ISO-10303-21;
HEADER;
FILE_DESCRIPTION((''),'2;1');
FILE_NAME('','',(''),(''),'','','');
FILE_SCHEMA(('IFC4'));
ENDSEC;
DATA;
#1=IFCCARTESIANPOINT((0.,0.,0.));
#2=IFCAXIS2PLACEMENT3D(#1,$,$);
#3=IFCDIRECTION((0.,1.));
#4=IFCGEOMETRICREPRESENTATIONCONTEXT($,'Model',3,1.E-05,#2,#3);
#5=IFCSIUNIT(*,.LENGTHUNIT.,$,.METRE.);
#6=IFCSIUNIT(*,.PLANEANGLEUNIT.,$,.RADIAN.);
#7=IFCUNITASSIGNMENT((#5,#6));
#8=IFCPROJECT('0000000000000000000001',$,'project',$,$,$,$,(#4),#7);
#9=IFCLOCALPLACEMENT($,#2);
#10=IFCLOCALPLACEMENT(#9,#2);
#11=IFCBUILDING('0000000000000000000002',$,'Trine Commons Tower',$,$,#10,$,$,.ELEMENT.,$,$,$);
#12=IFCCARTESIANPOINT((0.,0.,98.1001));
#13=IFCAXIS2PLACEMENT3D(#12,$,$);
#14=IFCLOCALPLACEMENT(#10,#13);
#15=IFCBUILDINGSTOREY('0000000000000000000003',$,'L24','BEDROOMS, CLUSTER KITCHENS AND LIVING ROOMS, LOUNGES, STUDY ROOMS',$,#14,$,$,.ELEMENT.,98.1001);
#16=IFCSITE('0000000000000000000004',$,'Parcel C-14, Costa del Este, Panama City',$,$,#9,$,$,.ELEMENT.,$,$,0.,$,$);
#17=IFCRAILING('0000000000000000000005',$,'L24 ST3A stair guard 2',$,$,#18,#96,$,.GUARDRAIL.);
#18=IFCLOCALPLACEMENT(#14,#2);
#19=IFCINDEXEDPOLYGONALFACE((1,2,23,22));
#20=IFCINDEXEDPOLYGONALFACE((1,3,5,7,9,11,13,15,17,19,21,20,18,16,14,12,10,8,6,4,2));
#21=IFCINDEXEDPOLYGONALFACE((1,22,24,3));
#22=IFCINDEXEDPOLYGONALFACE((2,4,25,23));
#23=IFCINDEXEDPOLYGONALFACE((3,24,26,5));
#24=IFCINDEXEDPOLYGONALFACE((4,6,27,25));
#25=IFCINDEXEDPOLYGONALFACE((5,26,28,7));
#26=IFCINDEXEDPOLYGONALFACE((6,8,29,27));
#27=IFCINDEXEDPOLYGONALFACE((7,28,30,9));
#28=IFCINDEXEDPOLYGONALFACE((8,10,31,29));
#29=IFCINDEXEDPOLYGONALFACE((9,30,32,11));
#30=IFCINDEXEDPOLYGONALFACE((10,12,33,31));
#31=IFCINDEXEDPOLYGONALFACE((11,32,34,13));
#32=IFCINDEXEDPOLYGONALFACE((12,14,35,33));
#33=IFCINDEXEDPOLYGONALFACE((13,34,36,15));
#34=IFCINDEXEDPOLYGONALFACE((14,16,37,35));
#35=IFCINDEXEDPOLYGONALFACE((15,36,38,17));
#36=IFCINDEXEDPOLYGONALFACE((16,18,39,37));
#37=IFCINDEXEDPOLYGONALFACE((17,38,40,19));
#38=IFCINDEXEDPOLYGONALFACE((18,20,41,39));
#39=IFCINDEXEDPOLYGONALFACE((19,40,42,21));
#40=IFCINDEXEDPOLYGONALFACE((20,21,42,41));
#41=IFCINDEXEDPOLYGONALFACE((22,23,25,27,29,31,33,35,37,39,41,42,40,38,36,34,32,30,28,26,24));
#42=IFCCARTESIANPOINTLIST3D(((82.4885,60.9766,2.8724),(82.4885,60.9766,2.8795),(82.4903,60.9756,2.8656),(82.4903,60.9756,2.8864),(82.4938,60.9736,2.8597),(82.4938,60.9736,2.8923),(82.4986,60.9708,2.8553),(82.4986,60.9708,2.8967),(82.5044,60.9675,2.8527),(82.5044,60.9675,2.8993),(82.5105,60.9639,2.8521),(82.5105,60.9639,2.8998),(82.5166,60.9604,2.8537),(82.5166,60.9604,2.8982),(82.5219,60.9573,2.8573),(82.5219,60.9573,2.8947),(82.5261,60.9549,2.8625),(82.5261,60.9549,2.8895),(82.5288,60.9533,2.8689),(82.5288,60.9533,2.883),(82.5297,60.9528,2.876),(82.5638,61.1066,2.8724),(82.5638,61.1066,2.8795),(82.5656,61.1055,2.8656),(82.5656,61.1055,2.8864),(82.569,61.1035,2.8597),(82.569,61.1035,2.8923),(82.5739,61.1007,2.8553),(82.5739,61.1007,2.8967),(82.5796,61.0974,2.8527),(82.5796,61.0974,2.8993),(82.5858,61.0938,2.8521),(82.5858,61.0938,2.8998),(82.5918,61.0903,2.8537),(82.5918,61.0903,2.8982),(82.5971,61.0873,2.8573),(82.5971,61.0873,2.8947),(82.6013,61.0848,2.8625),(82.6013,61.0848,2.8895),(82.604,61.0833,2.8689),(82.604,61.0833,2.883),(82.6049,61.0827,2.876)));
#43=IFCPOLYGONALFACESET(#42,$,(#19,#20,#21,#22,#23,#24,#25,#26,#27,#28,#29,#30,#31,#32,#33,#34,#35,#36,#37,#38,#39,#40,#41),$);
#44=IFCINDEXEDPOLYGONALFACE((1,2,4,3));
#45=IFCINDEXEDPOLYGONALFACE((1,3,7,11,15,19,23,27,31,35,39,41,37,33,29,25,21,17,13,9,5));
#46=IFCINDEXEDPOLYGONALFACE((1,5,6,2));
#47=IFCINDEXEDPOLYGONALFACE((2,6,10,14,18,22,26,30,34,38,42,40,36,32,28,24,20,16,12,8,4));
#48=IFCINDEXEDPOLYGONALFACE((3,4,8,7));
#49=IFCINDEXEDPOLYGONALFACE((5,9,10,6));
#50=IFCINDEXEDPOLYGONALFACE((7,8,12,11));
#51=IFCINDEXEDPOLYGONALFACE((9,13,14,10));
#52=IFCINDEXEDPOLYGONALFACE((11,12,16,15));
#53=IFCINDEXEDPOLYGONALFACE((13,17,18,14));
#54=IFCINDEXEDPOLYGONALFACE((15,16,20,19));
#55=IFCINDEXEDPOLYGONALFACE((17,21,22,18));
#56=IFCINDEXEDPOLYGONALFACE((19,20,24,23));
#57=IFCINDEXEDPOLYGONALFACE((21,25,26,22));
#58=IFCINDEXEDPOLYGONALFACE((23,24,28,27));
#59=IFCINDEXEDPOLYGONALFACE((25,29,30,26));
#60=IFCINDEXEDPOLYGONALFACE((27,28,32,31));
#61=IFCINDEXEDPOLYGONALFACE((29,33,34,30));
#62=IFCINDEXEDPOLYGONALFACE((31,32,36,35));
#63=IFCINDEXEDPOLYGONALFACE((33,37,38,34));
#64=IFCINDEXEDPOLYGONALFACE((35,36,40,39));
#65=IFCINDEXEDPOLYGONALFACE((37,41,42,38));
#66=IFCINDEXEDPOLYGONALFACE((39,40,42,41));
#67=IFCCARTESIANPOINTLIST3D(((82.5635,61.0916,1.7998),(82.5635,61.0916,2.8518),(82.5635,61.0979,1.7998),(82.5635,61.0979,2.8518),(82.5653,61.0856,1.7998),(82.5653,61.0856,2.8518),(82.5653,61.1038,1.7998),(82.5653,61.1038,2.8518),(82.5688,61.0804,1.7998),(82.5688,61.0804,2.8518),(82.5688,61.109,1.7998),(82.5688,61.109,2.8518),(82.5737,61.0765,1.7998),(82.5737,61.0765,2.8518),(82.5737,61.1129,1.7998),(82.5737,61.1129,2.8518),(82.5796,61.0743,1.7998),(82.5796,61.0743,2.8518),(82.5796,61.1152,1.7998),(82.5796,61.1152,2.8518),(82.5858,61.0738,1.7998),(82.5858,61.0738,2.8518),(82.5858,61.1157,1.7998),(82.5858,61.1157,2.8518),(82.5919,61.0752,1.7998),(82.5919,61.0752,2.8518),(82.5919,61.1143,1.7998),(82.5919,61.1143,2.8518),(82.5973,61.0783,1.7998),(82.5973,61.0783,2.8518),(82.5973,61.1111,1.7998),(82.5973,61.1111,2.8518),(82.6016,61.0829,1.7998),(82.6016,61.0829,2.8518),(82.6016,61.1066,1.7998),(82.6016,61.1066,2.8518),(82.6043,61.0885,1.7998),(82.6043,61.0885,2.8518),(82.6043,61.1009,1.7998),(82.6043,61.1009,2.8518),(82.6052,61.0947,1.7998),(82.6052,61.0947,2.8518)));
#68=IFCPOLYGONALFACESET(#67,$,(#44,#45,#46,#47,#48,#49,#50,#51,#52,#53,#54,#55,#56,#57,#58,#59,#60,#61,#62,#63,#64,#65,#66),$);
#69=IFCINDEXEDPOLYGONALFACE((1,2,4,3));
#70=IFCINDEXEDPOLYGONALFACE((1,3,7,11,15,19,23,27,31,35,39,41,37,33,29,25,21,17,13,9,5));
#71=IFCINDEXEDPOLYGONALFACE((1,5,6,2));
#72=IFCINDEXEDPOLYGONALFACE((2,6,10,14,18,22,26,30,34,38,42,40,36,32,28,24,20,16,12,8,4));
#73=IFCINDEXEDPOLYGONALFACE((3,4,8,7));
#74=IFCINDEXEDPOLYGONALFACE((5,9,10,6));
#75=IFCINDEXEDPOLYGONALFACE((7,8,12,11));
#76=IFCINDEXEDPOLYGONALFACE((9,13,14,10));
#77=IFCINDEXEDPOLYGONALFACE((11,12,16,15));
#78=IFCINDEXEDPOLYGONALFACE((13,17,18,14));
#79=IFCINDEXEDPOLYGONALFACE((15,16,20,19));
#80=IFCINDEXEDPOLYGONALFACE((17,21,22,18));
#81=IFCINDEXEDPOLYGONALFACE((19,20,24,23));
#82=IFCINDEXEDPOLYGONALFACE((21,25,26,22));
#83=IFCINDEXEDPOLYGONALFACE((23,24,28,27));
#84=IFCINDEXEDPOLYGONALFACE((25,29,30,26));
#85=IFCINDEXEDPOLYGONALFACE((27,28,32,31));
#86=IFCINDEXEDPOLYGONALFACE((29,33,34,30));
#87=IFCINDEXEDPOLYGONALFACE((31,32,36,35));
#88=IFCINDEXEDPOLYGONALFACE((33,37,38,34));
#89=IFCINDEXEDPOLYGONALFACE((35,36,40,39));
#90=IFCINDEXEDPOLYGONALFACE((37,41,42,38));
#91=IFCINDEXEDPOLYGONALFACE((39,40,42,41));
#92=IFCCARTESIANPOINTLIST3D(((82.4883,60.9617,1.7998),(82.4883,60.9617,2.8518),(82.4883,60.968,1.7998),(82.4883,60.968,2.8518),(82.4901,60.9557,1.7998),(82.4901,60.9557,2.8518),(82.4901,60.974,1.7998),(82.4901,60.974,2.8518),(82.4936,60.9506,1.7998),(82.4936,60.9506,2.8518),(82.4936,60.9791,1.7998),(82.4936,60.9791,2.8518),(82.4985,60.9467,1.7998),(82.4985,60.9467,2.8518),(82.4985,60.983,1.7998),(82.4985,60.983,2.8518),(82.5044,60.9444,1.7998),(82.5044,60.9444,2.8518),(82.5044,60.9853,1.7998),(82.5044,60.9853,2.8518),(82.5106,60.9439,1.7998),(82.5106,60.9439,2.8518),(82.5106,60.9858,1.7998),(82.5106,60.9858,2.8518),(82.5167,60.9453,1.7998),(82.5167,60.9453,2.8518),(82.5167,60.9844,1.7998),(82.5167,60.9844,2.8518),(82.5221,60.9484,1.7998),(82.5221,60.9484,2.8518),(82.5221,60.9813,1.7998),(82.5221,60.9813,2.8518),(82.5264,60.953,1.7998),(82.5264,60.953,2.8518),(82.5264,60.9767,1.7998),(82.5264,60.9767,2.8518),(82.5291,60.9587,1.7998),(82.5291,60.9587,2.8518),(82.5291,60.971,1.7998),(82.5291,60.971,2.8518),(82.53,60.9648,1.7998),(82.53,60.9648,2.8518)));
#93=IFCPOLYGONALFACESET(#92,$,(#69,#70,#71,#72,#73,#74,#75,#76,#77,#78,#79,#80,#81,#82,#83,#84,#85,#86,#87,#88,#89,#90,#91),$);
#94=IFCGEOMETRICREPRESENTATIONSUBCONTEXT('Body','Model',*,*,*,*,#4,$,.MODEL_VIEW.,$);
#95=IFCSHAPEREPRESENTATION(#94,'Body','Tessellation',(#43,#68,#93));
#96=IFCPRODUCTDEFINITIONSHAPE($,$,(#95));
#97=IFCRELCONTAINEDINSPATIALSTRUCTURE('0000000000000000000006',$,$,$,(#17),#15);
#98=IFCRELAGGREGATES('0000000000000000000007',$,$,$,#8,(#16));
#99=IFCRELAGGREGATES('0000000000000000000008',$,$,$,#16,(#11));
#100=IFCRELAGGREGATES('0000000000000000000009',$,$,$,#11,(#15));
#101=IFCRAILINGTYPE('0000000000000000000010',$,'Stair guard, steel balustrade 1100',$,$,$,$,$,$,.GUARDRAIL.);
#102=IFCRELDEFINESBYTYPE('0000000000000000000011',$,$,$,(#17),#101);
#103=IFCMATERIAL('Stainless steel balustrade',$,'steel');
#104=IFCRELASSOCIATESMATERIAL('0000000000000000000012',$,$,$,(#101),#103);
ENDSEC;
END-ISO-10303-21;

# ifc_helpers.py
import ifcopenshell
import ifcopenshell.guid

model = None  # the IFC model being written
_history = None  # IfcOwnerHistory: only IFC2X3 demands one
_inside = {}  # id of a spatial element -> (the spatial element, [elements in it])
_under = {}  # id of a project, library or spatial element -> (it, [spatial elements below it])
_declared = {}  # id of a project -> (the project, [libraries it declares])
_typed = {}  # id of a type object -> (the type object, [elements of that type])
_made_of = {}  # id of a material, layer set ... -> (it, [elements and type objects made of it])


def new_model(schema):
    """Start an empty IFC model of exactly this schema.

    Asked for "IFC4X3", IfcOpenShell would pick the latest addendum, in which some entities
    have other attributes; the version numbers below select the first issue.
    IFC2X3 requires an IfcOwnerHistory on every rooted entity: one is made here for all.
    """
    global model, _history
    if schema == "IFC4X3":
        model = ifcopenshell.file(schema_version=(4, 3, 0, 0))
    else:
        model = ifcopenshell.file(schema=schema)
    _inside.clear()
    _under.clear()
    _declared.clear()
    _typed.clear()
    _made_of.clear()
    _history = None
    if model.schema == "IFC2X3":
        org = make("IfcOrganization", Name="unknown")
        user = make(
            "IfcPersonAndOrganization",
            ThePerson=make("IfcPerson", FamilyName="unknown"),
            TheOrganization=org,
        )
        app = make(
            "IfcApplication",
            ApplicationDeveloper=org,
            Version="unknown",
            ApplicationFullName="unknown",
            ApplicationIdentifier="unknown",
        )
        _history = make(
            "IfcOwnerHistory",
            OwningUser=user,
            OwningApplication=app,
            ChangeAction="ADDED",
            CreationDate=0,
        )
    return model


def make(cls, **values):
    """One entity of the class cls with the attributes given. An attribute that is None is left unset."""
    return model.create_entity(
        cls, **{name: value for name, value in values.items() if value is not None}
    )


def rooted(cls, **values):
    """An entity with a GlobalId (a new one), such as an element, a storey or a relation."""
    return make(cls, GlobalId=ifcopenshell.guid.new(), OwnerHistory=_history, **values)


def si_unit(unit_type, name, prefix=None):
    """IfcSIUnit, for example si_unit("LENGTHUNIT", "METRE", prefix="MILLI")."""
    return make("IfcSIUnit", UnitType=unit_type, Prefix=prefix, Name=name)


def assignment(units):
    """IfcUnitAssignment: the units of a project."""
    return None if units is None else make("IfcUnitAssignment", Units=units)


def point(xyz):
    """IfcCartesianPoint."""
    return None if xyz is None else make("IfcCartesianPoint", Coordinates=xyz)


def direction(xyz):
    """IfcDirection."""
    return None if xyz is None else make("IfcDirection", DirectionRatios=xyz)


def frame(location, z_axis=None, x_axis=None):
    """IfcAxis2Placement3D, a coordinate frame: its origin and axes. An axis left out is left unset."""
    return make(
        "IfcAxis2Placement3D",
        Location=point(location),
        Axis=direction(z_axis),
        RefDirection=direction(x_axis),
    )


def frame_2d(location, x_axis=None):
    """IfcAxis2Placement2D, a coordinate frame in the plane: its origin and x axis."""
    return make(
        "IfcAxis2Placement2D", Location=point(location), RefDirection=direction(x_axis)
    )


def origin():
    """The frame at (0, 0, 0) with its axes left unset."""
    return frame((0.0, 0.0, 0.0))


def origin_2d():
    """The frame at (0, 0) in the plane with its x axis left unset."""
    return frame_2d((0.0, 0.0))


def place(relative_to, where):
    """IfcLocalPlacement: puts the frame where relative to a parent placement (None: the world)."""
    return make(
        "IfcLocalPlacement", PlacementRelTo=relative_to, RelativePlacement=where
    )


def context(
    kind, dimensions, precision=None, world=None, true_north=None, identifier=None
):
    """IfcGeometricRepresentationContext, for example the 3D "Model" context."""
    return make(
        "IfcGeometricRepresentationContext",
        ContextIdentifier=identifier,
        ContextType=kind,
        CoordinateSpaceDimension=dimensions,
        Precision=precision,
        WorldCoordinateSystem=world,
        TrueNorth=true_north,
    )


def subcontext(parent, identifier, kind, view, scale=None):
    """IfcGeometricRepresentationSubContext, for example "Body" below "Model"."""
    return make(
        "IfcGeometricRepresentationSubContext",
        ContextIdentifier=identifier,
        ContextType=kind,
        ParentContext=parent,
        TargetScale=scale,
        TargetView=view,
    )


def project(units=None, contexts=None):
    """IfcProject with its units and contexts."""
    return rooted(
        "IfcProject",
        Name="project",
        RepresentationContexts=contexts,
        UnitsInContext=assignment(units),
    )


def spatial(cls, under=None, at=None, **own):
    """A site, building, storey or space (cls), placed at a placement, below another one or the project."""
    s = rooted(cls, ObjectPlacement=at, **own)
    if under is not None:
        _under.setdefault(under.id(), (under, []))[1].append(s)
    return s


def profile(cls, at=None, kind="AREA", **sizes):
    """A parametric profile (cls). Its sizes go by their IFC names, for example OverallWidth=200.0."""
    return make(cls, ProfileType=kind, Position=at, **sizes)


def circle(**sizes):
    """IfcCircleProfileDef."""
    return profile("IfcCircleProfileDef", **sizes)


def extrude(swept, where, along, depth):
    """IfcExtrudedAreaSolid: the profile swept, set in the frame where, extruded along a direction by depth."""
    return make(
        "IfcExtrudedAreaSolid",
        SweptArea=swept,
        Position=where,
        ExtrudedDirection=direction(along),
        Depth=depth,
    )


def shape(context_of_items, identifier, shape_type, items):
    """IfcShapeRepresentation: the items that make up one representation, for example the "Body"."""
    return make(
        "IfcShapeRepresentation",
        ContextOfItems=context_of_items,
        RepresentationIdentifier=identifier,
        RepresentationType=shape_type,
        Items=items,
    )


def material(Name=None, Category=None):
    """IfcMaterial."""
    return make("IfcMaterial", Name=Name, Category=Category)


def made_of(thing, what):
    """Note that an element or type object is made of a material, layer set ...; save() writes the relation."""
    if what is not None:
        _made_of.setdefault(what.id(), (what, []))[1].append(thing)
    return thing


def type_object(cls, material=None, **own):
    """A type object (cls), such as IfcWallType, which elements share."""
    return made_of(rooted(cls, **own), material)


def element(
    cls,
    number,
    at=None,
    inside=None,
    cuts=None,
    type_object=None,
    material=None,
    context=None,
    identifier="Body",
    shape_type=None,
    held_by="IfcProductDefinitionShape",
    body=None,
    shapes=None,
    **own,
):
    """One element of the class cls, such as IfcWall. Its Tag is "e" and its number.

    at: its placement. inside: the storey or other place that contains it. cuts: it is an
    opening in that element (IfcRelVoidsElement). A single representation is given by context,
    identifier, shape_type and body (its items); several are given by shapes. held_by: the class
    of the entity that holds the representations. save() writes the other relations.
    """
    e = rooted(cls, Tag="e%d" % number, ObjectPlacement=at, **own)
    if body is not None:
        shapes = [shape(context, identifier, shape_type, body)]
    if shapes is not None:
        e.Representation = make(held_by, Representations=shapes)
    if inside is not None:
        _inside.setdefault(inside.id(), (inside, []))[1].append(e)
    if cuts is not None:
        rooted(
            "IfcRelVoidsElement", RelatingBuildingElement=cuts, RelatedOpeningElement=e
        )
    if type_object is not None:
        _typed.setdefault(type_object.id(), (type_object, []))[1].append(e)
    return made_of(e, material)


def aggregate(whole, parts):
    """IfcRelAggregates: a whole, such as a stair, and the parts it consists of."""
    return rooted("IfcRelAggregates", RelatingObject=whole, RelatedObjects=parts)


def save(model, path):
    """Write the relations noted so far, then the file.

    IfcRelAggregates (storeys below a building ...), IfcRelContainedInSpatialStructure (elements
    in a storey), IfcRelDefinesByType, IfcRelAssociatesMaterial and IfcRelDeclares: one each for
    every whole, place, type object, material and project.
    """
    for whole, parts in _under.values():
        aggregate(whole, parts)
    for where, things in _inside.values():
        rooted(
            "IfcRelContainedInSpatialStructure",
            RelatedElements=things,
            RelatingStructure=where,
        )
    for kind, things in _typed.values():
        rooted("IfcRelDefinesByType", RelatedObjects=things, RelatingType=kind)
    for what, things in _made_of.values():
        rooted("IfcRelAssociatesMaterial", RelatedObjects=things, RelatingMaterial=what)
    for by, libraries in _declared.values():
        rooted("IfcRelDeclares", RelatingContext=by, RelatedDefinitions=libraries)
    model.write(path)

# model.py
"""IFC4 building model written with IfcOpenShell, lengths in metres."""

from ifc_helpers import new_model, si_unit, direction, frame, origin, origin_2d, place, context, subcontext, project, spatial, circle, extrude, material, type_object, element, save


model = new_model("IFC4")

# Units and contexts
model_context = context("Model", 3, precision=1e-05, world=origin(), true_north=direction((0.0, 1.0)))
body_context = subcontext(model_context, "Body", "Model", "MODEL_VIEW")
ifc_project = project(units=[si_unit("LENGTHUNIT", "METRE"), si_unit("PLANEANGLEUNIT", "RADIAN")], contexts=[model_context])

# Site, building, storey
site_placement = place(None, origin())
site = spatial("IfcSite", under=ifc_project, at=site_placement, Name="Parcel C-14, Costa del Este, Panama City", CompositionType="ELEMENT", RefElevation=0.0)
building_placement = place(site_placement, origin())
building = spatial("IfcBuilding", under=site, at=building_placement, Name="Trine Commons Tower", CompositionType="ELEMENT")
storey_placement = place(building_placement, frame((0.0, 0.0, 98.1001)))
storey = spatial("IfcBuildingStorey", under=building, at=storey_placement, Name="L24", Description="BEDROOMS, CLUSTER KITCHENS AND LIVING ROOMS, LOUNGES, STUDY ROOMS", CompositionType="ELEMENT", Elevation=98.1001)

# Railing
ifc_material_1 = material(Name="Stainless steel balustrade", Category="steel")
railing_type_1 = type_object("IfcRailingType", Name="Stair guard, steel balustrade 1100", PredefinedType="GUARDRAIL", material=ifc_material_1)
railing_1_placement = place(storey_placement, frame((82.5842, 61.0947, 1.7998)))
element("IfcRailing", 1, at=railing_1_placement, inside=storey, type_object=railing_type_1, Name="L24 ST3A stair guard 2", PredefinedType="GUARDRAIL", context=body_context, shape_type="SweptSolid", body=[
    extrude(circle(Radius=0.0239, at=origin_2d()), frame((0.0, 0.0, 1.0762), z_axis=(-0.501036, -0.865426, 0.0), x_axis=(0.865426, -0.501036, 0.0)), (0.0, 0.0, 1.0), 0.1501),
    extrude(circle(Radius=0.021, at=origin_2d()), origin(), (0.0, 0.0, 1.0), 1.052),
    extrude(circle(Radius=0.021, at=origin_2d()), frame((-0.0752, -0.1299, 0.0)), (0.0, 0.0, 1.0), 1.052),
])

save(model, "model.ifc")
